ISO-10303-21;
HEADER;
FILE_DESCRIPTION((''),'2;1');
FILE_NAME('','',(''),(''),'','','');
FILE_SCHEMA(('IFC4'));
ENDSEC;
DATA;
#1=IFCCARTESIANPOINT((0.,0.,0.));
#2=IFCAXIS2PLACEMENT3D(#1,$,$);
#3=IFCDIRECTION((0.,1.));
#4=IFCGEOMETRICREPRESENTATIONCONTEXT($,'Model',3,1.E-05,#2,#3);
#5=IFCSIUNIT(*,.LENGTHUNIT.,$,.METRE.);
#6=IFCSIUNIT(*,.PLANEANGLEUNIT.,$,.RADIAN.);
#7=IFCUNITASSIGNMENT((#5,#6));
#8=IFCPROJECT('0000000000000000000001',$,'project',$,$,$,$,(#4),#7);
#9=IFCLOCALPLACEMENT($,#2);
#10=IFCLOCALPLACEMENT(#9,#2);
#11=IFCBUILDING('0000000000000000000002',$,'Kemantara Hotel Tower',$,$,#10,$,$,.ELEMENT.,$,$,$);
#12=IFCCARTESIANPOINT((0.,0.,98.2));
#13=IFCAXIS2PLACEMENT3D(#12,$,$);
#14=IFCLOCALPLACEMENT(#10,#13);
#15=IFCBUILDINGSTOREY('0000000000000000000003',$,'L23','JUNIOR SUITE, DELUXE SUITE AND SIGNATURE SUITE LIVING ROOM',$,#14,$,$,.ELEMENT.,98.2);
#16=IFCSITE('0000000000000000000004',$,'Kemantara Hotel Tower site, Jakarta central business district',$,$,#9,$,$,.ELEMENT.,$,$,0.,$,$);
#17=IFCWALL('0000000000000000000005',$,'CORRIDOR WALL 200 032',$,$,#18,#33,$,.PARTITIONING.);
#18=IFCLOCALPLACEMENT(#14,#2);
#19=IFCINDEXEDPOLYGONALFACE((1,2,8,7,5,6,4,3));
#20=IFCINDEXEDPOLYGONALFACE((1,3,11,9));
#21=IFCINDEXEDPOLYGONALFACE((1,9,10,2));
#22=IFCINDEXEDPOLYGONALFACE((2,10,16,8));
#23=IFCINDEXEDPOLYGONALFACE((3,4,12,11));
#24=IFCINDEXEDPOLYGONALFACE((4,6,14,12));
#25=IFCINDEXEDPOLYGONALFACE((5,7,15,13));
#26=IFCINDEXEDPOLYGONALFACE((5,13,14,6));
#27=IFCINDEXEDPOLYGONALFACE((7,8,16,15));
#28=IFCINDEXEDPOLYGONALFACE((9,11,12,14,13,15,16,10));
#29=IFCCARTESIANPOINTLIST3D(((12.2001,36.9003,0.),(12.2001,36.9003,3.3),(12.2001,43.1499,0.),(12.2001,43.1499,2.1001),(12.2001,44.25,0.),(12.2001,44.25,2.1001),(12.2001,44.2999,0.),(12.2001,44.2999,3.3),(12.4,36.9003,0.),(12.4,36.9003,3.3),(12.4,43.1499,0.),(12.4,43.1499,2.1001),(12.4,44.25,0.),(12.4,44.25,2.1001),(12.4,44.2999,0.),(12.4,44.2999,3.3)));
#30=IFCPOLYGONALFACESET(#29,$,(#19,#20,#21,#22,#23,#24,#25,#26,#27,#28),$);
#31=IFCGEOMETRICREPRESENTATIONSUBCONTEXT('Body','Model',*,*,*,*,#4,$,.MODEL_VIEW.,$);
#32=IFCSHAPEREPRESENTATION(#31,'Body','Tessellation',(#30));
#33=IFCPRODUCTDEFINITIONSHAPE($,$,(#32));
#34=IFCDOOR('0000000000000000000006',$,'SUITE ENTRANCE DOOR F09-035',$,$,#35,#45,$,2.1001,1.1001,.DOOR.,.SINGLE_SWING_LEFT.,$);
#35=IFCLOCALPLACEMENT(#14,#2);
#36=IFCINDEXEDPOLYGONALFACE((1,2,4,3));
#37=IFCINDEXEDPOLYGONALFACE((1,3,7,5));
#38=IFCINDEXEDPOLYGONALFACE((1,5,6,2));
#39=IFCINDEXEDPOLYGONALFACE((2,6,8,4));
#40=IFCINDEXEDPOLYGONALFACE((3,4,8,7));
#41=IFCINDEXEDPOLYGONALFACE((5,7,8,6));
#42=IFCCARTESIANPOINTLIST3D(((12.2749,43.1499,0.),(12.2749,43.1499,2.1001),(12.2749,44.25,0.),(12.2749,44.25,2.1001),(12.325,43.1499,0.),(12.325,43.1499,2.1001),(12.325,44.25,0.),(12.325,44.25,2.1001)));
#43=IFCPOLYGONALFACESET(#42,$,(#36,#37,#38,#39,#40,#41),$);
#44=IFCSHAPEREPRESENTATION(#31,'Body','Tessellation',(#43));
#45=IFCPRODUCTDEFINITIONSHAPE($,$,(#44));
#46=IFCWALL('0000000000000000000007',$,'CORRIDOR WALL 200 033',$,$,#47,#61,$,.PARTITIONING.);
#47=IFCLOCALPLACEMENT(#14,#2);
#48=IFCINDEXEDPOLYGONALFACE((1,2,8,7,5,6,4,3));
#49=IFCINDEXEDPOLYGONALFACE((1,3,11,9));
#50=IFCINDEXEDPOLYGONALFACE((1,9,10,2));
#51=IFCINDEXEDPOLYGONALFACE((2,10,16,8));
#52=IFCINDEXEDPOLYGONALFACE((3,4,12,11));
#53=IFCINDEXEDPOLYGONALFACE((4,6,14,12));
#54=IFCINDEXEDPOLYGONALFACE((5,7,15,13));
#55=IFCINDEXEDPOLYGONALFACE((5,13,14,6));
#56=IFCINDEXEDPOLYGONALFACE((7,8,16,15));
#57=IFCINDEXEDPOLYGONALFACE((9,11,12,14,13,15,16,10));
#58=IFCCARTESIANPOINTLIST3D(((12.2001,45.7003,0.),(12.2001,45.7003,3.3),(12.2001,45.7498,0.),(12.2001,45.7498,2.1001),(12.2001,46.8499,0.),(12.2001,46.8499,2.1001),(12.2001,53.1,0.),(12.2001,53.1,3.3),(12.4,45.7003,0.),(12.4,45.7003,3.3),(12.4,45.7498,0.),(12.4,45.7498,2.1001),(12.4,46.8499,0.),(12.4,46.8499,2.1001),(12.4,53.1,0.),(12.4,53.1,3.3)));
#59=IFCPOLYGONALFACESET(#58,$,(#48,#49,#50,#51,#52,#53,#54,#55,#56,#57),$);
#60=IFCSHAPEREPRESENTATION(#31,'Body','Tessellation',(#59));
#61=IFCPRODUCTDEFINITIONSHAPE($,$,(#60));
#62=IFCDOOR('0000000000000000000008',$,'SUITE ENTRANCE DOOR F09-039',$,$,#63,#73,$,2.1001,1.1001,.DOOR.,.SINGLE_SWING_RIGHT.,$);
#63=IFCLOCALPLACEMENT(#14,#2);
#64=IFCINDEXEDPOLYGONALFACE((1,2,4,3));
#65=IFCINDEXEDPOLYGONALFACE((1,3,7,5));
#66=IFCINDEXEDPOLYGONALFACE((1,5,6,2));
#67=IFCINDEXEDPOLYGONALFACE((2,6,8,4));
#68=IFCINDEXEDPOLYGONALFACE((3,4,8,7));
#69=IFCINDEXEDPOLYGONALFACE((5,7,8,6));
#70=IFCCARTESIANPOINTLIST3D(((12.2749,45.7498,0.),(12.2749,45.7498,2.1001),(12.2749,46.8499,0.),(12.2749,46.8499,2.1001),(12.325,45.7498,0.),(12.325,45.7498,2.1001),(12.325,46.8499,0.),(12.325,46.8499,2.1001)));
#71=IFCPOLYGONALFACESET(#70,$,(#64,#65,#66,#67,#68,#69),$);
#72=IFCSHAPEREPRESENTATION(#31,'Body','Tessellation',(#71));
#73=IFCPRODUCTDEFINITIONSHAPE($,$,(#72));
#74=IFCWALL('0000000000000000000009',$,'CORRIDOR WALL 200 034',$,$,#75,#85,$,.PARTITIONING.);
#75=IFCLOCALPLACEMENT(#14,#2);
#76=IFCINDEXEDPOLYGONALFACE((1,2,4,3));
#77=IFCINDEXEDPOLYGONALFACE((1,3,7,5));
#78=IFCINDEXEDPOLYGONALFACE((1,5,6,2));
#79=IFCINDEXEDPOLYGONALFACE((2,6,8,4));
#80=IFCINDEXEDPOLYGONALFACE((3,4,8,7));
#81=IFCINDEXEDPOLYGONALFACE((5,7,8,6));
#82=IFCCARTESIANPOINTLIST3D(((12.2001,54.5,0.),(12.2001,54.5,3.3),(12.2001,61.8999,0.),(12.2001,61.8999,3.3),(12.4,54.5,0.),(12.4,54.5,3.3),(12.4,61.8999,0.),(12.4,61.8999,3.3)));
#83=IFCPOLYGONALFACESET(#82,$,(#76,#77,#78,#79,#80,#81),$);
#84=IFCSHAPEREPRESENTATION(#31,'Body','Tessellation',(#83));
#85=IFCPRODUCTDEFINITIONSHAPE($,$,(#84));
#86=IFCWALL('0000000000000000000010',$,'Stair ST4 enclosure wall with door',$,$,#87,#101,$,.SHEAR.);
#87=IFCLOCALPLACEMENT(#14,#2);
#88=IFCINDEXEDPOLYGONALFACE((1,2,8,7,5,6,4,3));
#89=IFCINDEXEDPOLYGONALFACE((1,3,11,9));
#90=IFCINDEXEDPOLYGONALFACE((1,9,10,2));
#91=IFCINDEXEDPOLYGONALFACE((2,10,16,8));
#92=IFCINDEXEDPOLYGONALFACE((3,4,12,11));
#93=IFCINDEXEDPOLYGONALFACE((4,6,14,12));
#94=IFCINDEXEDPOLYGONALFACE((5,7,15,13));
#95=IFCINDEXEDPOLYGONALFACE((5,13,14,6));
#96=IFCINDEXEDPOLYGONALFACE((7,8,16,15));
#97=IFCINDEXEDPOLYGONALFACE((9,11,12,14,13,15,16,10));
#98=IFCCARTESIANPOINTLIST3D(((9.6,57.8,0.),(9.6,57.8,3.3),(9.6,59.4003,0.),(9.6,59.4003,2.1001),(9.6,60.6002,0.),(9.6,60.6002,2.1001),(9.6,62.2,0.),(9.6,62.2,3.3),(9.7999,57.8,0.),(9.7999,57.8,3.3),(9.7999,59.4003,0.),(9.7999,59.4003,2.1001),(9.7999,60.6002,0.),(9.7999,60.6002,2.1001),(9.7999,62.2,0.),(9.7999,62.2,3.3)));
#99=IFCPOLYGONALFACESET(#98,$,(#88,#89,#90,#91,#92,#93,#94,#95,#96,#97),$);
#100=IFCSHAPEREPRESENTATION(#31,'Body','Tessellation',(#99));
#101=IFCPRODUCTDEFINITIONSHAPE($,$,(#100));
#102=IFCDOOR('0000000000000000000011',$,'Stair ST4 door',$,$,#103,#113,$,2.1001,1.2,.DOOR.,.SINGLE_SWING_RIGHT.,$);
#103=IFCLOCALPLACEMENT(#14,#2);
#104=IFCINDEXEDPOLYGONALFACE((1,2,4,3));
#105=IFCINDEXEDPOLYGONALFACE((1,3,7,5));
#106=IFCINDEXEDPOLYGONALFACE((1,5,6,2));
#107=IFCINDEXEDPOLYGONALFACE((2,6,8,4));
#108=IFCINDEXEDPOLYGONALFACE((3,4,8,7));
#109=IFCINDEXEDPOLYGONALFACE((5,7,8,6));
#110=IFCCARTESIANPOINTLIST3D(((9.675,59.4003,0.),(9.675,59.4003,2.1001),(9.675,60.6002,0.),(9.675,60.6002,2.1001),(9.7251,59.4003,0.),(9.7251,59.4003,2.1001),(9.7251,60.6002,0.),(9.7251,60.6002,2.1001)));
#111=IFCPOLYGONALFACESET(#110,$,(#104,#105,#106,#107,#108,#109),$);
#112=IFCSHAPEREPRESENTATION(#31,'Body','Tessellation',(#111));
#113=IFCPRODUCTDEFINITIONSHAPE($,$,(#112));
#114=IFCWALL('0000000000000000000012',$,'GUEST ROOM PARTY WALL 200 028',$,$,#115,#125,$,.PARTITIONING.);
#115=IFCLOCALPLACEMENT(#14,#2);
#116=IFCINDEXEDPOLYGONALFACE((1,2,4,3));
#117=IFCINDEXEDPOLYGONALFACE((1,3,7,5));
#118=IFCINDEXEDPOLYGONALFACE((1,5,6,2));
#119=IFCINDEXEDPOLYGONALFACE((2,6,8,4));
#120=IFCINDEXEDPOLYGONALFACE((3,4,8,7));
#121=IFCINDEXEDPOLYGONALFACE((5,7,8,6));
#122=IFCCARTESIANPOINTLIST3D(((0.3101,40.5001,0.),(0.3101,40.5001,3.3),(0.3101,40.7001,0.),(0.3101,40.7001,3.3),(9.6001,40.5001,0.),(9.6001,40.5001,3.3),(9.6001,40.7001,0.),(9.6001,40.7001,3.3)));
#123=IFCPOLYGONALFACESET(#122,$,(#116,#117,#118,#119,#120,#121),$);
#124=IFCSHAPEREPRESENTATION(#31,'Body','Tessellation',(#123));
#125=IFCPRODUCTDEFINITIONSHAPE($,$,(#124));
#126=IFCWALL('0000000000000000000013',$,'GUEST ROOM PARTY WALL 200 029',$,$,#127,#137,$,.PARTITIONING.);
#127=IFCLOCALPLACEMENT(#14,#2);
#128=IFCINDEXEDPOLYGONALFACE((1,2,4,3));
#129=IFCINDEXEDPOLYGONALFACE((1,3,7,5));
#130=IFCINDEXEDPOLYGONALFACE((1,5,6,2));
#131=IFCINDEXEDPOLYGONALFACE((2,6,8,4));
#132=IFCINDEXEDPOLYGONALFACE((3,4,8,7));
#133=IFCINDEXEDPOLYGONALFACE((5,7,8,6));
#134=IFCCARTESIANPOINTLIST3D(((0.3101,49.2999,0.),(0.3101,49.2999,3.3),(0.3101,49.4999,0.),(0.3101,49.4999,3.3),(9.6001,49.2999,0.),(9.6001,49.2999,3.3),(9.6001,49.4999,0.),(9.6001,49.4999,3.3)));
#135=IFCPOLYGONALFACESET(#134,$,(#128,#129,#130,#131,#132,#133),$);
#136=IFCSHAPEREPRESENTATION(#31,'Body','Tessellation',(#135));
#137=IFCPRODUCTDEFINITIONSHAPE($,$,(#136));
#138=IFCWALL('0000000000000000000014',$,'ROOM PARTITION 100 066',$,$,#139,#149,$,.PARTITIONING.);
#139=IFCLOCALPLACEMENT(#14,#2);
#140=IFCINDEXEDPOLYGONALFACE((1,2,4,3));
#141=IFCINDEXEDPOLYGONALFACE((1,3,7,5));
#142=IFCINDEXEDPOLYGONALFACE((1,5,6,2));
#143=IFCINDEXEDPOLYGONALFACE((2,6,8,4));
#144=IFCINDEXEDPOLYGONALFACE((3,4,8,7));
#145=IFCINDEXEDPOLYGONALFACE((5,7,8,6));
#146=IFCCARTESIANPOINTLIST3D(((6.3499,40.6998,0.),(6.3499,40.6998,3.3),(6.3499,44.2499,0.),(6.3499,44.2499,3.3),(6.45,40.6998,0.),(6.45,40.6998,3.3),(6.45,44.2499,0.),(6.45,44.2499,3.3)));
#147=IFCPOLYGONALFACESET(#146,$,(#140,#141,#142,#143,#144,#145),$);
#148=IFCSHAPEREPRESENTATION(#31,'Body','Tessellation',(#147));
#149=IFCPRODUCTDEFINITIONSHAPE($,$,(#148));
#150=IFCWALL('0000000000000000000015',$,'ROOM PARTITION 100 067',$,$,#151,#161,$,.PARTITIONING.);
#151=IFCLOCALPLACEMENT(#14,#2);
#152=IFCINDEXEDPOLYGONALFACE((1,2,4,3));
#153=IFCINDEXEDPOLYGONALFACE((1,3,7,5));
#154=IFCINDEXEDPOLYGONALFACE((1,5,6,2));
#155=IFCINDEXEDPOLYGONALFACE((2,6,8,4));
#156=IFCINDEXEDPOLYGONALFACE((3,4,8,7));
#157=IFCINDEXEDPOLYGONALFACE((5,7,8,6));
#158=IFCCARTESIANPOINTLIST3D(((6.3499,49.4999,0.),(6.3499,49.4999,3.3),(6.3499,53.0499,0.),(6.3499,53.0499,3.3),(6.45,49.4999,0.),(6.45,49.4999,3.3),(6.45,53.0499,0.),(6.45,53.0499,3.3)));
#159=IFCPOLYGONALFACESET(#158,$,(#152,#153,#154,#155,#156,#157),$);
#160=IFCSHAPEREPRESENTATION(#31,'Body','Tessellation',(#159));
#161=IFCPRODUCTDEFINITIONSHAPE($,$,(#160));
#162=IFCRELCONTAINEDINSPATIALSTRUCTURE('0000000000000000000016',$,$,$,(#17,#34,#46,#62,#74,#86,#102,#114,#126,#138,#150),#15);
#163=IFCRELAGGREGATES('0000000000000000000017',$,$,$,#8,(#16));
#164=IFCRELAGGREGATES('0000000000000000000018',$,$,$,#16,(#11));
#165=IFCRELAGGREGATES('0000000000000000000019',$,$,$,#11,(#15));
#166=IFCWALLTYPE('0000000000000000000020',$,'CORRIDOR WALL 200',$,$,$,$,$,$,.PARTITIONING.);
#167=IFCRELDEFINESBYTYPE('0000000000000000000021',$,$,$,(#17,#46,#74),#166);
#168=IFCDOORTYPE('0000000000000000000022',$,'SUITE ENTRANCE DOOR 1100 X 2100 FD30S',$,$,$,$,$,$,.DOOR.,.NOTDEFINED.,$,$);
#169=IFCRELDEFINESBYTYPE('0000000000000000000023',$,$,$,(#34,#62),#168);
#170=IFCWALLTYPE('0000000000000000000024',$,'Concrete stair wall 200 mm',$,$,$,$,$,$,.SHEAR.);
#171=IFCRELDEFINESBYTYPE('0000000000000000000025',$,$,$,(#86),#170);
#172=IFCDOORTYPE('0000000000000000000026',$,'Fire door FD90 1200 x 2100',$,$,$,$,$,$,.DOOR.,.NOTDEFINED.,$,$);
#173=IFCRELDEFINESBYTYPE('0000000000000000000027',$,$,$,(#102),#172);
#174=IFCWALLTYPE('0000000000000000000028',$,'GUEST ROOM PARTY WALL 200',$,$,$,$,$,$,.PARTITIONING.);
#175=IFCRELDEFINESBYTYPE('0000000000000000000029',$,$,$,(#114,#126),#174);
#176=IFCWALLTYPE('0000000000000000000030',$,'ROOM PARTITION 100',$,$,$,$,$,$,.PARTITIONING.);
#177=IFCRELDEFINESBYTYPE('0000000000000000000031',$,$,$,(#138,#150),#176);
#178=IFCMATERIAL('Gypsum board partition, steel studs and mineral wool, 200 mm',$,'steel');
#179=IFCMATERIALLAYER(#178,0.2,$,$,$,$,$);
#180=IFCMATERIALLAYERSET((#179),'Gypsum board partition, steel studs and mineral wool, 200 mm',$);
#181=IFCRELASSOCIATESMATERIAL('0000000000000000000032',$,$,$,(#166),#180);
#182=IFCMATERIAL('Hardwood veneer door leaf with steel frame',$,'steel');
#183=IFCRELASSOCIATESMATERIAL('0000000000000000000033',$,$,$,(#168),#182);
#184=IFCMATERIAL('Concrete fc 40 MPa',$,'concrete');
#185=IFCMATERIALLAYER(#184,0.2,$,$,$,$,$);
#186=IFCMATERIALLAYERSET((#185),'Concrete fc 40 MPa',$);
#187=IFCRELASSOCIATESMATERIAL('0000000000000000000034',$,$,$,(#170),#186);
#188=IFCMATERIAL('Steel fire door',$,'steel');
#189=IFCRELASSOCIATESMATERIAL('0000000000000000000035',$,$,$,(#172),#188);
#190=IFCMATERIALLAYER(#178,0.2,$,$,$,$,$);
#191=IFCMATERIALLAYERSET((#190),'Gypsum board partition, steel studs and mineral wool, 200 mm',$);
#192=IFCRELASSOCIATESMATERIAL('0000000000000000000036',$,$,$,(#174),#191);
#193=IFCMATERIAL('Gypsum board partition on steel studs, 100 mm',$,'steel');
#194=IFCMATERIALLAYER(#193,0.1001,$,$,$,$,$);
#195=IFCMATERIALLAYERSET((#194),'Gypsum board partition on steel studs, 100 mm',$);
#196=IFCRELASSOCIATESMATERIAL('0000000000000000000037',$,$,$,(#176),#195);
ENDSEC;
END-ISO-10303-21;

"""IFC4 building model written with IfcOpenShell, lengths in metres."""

from ifc_helpers import new_model, si_unit, direction, frame, frame_2d, origin, place, context, subcontext, project, spatial, rectangle, extrude, material, layer, layer_set, type_object, element, fill, save


model = new_model("IFC4")

# Units and contexts
model_context = context("Model", 3, precision=1e-05, world=origin(), true_north=direction((0.0, 1.0)))
body_context = subcontext(model_context, "Body", "Model", "MODEL_VIEW")
ifc_project = project(units=[si_unit("LENGTHUNIT", "METRE"), si_unit("PLANEANGLEUNIT", "RADIAN")], contexts=[model_context])

# Site, building, storey
site_placement = place(None, origin())
site = spatial("IfcSite", under=ifc_project, at=site_placement, Name="Kemantara Hotel Tower site, Jakarta central business district", CompositionType="ELEMENT", RefElevation=0.0)
building_placement = place(site_placement, origin())
building = spatial("IfcBuilding", under=site, at=building_placement, Name="Kemantara Hotel Tower", CompositionType="ELEMENT")
storey_placement = place(building_placement, frame((0.0, 0.0, 98.2)))
storey = spatial("IfcBuildingStorey", under=building, at=storey_placement, Name="L23", Description="JUNIOR SUITE, DELUXE SUITE AND SIGNATURE SUITE LIVING ROOM", CompositionType="ELEMENT", Elevation=98.2)

# Walls, openings, doors
ifc_material_1 = material(Name="Gypsum board partition, steel studs and mineral wool, 200 mm", Category="steel")
ifc_layer_1 = layer(ifc_material_1, 0.2)
ifc_layer_set_1 = layer_set([ifc_layer_1], Name="Gypsum board partition, steel studs and mineral wool, 200 mm")
wall_type_1 = type_object("IfcWallType", Name="CORRIDOR WALL 200", PredefinedType="PARTITIONING", material=ifc_layer_set_1)
ifc_material_2 = material(Name="Hardwood veneer door leaf with steel frame", Category="steel")
door_type_1 = type_object("IfcDoorType", Name="SUITE ENTRANCE DOOR 1100 X 2100 FD30S", OperationType="NOTDEFINED", PredefinedType="DOOR", material=ifc_material_2)
wall_1_placement = place(storey_placement, frame((12.3, 44.2998, 0.0), z_axis=(0.0, 0.0, 1.0), x_axis=(0.0, -1.0, 0.0)))
wall_1 = element("IfcWall", 1, at=wall_1_placement, inside=storey, type_object=wall_type_1, Name="CORRIDOR WALL 200 032", PredefinedType="PARTITIONING", context=body_context, shape_type="SweptSolid", body=[
    extrude(rectangle(XDim=7.3997, YDim=0.2, at=frame_2d((3.6997, 0.0))), origin(), (0.0, 0.0, 1.0), 3.3),
])
opening_1_placement = place(wall_1_placement, frame((0.0498, 0.0, 0.0)))
opening_1 = element("IfcOpeningElement", 2, at=opening_1_placement, cuts=wall_1, PredefinedType="OPENING", context=body_context, shape_type="SweptSolid", body=[
    extrude(rectangle(XDim=1.1001, YDim=2.1001, at=frame_2d((0.55, 1.05))), frame((0.0, 0.1099, 0.0), z_axis=(0.0, -1.0, 0.0), x_axis=(1.0, 0.0, 0.0)), (0.0, 0.0, 1.0), 0.22),
])
door_1_placement = place(opening_1_placement, origin())
door_1 = element("IfcDoor", 3, at=door_1_placement, inside=storey, type_object=door_type_1, Name="SUITE ENTRANCE DOOR F09-035", OperationType="SINGLE_SWING_LEFT", OverallHeight=2.1001, OverallWidth=1.1001, PredefinedType="DOOR", context=body_context, shape_type="SweptSolid", body=[
    extrude(rectangle(XDim=1.1001, YDim=2.1001, at=frame_2d((0.55, 1.05))), frame((0.0, 0.0249, 0.0), z_axis=(0.0, -1.0, 0.0), x_axis=(1.0, 0.0, 0.0)), (0.0, 0.0, 1.0), 0.05),
])
fill(opening_1, door_1)
wall_2_placement = place(storey_placement, frame((12.3, 53.0999, 0.0), z_axis=(0.0, 0.0, 1.0), x_axis=(0.0, -1.0, 0.0)))
wall_2 = element("IfcWall", 4, at=wall_2_placement, inside=storey, type_object=wall_type_1, Name="CORRIDOR WALL 200 033", PredefinedType="PARTITIONING", context=body_context, shape_type="SweptSolid", body=[
    extrude(rectangle(XDim=7.3997, YDim=0.2, at=frame_2d((3.6997, 0.0))), origin(), (0.0, 0.0, 1.0), 3.3),
])
opening_2_placement = place(wall_2_placement, frame((6.25, 0.0, 0.0)))
opening_2 = element("IfcOpeningElement", 5, at=opening_2_placement, cuts=wall_2, PredefinedType="OPENING", context=body_context, shape_type="SweptSolid", body=[
    extrude(rectangle(XDim=1.1001, YDim=2.1001, at=frame_2d((0.55, 1.05))), frame((0.0, 0.1099, 0.0), z_axis=(0.0, -1.0, 0.0), x_axis=(1.0, 0.0, 0.0)), (0.0, 0.0, 1.0), 0.22),
])
door_2_placement = place(opening_2_placement, origin())
door_2 = element("IfcDoor", 6, at=door_2_placement, inside=storey, type_object=door_type_1, Name="SUITE ENTRANCE DOOR F09-039", OperationType="SINGLE_SWING_RIGHT", OverallHeight=2.1001, OverallWidth=1.1001, PredefinedType="DOOR", context=body_context, shape_type="SweptSolid", body=[
    extrude(rectangle(XDim=1.1001, YDim=2.1001, at=frame_2d((0.55, 1.05))), frame((0.0, 0.0249, 0.0), z_axis=(0.0, -1.0, 0.0), x_axis=(1.0, 0.0, 0.0)), (0.0, 0.0, 1.0), 0.05),
])
fill(opening_2, door_2)

# Wall
wall_3_placement = place(storey_placement, frame((12.3, 54.5, 0.0), z_axis=(0.0, 0.0, 1.0), x_axis=(0.0, 1.0, 0.0)))
element("IfcWall", 7, at=wall_3_placement, inside=storey, type_object=wall_type_1, Name="CORRIDOR WALL 200 034", PredefinedType="PARTITIONING", context=body_context, shape_type="SweptSolid", body=[
    extrude(rectangle(XDim=7.3999, YDim=0.2, at=frame_2d((3.7, 0.0))), origin(), (0.0, 0.0, 1.0), 3.3),
])

# Wall, opening, door
ifc_material_3 = material(Name="Concrete fc 40 MPa", Category="concrete")
ifc_layer_2 = layer(ifc_material_3, 0.2)
ifc_layer_set_2 = layer_set([ifc_layer_2], Name="Concrete fc 40 MPa")
wall_type_2 = type_object("IfcWallType", Name="Concrete stair wall 200 mm", PredefinedType="SHEAR", material=ifc_layer_set_2)
wall_4_placement = place(storey_placement, frame((9.7, 57.8, 0.0), z_axis=(0.0, 0.0, 1.0), x_axis=(0.0, 1.0, 0.0)))
wall_4 = element("IfcWall", 8, at=wall_4_placement, inside=storey, type_object=wall_type_2, Name="Stair ST4 enclosure wall with door", PredefinedType="SHEAR", context=body_context, shape_type="SweptSolid", body=[
    extrude(rectangle(XDim=4.3999, YDim=0.2, at=frame_2d((2.2, 0.0))), origin(), (0.0, 0.0, 1.0), 3.3),
])
opening_3_placement = place(wall_4_placement, frame((1.6001, 0.0, 0.0)))
opening_3 = element("IfcOpeningElement", 9, at=opening_3_placement, cuts=wall_4, PredefinedType="OPENING", context=body_context, shape_type="SweptSolid", body=[
    extrude(rectangle(XDim=1.2, YDim=2.1001, at=frame_2d((0.6001, 1.05))), frame((0.0, 0.1099, 0.0), z_axis=(0.0, -1.0, 0.0), x_axis=(1.0, 0.0, 0.0)), (0.0, 0.0, 1.0), 0.22),
])
ifc_material_4 = material(Name="Steel fire door", Category="steel")
door_type_2 = type_object("IfcDoorType", Name="Fire door FD90 1200 x 2100", OperationType="NOTDEFINED", PredefinedType="DOOR", material=ifc_material_4)
door_3_placement = place(opening_3_placement, origin())
door_3 = element("IfcDoor", 10, at=door_3_placement, inside=storey, type_object=door_type_2, Name="Stair ST4 door", OperationType="SINGLE_SWING_RIGHT", OverallHeight=2.1001, OverallWidth=1.2, PredefinedType="DOOR", context=body_context, shape_type="SweptSolid", body=[
    extrude(rectangle(XDim=1.2, YDim=2.1001, at=frame_2d((0.6001, 1.05))), frame((0.0, 0.0249, 0.0), z_axis=(0.0, -1.0, 0.0), x_axis=(1.0, 0.0, 0.0)), (0.0, 0.0, 1.0), 0.05),
])
fill(opening_3, door_3)

# Walls
ifc_layer_3 = layer(ifc_material_1, 0.2)
ifc_layer_set_3 = layer_set([ifc_layer_3], Name="Gypsum board partition, steel studs and mineral wool, 200 mm")
wall_type_3 = type_object("IfcWallType", Name="GUEST ROOM PARTY WALL 200", PredefinedType="PARTITIONING", material=ifc_layer_set_3)
for number, where, z_axis, x_axis, name in (
    (11, (0.3101, 40.6001, 0.0), (0.0, 0.0, 1.0), (1.0, 0.0, 0.0), "GUEST ROOM PARTY WALL 200 028"),
    (12, (0.3101, 49.3999, 0.0), (0.0, 0.0, 1.0), (1.0, 0.0, 0.0), "GUEST ROOM PARTY WALL 200 029"),
):
    element("IfcWall", number, at=place(storey_placement, frame(where, z_axis=z_axis, x_axis=x_axis)), inside=storey, type_object=wall_type_3, Name=name, PredefinedType="PARTITIONING", context=body_context, shape_type="SweptSolid", body=[
        extrude(rectangle(XDim=9.29, YDim=0.2, at=frame_2d((4.645, 0.0))), origin(), (0.0, 0.0, 1.0), 3.3),
    ])
ifc_material_5 = material(Name="Gypsum board partition on steel studs, 100 mm", Category="steel")
ifc_layer_4 = layer(ifc_material_5, 0.1001)
ifc_layer_set_4 = layer_set([ifc_layer_4], Name="Gypsum board partition on steel studs, 100 mm")
wall_type_4 = type_object("IfcWallType", Name="ROOM PARTITION 100", PredefinedType="PARTITIONING", material=ifc_layer_set_4)
for number, where, z_axis, x_axis, name in (
    (13, (6.3999, 40.7, 0.0), (0.0, 0.0, 1.0), (0.0, 1.0, 0.0), "ROOM PARTITION 100 066"),
    (14, (6.3999, 49.5, 0.0), (0.0, 0.0, 1.0), (0.0, 1.0, 0.0), "ROOM PARTITION 100 067"),
):
    element("IfcWall", number, at=place(storey_placement, frame(where, z_axis=z_axis, x_axis=x_axis)), inside=storey, type_object=wall_type_4, Name=name, PredefinedType="PARTITIONING", context=body_context, shape_type="SweptSolid", body=[
        extrude(rectangle(XDim=3.55, YDim=0.1001, at=frame_2d((1.7749, 0.0))), origin(), (0.0, 0.0, 1.0), 3.3),
    ])

save(model, "model.ifc")
